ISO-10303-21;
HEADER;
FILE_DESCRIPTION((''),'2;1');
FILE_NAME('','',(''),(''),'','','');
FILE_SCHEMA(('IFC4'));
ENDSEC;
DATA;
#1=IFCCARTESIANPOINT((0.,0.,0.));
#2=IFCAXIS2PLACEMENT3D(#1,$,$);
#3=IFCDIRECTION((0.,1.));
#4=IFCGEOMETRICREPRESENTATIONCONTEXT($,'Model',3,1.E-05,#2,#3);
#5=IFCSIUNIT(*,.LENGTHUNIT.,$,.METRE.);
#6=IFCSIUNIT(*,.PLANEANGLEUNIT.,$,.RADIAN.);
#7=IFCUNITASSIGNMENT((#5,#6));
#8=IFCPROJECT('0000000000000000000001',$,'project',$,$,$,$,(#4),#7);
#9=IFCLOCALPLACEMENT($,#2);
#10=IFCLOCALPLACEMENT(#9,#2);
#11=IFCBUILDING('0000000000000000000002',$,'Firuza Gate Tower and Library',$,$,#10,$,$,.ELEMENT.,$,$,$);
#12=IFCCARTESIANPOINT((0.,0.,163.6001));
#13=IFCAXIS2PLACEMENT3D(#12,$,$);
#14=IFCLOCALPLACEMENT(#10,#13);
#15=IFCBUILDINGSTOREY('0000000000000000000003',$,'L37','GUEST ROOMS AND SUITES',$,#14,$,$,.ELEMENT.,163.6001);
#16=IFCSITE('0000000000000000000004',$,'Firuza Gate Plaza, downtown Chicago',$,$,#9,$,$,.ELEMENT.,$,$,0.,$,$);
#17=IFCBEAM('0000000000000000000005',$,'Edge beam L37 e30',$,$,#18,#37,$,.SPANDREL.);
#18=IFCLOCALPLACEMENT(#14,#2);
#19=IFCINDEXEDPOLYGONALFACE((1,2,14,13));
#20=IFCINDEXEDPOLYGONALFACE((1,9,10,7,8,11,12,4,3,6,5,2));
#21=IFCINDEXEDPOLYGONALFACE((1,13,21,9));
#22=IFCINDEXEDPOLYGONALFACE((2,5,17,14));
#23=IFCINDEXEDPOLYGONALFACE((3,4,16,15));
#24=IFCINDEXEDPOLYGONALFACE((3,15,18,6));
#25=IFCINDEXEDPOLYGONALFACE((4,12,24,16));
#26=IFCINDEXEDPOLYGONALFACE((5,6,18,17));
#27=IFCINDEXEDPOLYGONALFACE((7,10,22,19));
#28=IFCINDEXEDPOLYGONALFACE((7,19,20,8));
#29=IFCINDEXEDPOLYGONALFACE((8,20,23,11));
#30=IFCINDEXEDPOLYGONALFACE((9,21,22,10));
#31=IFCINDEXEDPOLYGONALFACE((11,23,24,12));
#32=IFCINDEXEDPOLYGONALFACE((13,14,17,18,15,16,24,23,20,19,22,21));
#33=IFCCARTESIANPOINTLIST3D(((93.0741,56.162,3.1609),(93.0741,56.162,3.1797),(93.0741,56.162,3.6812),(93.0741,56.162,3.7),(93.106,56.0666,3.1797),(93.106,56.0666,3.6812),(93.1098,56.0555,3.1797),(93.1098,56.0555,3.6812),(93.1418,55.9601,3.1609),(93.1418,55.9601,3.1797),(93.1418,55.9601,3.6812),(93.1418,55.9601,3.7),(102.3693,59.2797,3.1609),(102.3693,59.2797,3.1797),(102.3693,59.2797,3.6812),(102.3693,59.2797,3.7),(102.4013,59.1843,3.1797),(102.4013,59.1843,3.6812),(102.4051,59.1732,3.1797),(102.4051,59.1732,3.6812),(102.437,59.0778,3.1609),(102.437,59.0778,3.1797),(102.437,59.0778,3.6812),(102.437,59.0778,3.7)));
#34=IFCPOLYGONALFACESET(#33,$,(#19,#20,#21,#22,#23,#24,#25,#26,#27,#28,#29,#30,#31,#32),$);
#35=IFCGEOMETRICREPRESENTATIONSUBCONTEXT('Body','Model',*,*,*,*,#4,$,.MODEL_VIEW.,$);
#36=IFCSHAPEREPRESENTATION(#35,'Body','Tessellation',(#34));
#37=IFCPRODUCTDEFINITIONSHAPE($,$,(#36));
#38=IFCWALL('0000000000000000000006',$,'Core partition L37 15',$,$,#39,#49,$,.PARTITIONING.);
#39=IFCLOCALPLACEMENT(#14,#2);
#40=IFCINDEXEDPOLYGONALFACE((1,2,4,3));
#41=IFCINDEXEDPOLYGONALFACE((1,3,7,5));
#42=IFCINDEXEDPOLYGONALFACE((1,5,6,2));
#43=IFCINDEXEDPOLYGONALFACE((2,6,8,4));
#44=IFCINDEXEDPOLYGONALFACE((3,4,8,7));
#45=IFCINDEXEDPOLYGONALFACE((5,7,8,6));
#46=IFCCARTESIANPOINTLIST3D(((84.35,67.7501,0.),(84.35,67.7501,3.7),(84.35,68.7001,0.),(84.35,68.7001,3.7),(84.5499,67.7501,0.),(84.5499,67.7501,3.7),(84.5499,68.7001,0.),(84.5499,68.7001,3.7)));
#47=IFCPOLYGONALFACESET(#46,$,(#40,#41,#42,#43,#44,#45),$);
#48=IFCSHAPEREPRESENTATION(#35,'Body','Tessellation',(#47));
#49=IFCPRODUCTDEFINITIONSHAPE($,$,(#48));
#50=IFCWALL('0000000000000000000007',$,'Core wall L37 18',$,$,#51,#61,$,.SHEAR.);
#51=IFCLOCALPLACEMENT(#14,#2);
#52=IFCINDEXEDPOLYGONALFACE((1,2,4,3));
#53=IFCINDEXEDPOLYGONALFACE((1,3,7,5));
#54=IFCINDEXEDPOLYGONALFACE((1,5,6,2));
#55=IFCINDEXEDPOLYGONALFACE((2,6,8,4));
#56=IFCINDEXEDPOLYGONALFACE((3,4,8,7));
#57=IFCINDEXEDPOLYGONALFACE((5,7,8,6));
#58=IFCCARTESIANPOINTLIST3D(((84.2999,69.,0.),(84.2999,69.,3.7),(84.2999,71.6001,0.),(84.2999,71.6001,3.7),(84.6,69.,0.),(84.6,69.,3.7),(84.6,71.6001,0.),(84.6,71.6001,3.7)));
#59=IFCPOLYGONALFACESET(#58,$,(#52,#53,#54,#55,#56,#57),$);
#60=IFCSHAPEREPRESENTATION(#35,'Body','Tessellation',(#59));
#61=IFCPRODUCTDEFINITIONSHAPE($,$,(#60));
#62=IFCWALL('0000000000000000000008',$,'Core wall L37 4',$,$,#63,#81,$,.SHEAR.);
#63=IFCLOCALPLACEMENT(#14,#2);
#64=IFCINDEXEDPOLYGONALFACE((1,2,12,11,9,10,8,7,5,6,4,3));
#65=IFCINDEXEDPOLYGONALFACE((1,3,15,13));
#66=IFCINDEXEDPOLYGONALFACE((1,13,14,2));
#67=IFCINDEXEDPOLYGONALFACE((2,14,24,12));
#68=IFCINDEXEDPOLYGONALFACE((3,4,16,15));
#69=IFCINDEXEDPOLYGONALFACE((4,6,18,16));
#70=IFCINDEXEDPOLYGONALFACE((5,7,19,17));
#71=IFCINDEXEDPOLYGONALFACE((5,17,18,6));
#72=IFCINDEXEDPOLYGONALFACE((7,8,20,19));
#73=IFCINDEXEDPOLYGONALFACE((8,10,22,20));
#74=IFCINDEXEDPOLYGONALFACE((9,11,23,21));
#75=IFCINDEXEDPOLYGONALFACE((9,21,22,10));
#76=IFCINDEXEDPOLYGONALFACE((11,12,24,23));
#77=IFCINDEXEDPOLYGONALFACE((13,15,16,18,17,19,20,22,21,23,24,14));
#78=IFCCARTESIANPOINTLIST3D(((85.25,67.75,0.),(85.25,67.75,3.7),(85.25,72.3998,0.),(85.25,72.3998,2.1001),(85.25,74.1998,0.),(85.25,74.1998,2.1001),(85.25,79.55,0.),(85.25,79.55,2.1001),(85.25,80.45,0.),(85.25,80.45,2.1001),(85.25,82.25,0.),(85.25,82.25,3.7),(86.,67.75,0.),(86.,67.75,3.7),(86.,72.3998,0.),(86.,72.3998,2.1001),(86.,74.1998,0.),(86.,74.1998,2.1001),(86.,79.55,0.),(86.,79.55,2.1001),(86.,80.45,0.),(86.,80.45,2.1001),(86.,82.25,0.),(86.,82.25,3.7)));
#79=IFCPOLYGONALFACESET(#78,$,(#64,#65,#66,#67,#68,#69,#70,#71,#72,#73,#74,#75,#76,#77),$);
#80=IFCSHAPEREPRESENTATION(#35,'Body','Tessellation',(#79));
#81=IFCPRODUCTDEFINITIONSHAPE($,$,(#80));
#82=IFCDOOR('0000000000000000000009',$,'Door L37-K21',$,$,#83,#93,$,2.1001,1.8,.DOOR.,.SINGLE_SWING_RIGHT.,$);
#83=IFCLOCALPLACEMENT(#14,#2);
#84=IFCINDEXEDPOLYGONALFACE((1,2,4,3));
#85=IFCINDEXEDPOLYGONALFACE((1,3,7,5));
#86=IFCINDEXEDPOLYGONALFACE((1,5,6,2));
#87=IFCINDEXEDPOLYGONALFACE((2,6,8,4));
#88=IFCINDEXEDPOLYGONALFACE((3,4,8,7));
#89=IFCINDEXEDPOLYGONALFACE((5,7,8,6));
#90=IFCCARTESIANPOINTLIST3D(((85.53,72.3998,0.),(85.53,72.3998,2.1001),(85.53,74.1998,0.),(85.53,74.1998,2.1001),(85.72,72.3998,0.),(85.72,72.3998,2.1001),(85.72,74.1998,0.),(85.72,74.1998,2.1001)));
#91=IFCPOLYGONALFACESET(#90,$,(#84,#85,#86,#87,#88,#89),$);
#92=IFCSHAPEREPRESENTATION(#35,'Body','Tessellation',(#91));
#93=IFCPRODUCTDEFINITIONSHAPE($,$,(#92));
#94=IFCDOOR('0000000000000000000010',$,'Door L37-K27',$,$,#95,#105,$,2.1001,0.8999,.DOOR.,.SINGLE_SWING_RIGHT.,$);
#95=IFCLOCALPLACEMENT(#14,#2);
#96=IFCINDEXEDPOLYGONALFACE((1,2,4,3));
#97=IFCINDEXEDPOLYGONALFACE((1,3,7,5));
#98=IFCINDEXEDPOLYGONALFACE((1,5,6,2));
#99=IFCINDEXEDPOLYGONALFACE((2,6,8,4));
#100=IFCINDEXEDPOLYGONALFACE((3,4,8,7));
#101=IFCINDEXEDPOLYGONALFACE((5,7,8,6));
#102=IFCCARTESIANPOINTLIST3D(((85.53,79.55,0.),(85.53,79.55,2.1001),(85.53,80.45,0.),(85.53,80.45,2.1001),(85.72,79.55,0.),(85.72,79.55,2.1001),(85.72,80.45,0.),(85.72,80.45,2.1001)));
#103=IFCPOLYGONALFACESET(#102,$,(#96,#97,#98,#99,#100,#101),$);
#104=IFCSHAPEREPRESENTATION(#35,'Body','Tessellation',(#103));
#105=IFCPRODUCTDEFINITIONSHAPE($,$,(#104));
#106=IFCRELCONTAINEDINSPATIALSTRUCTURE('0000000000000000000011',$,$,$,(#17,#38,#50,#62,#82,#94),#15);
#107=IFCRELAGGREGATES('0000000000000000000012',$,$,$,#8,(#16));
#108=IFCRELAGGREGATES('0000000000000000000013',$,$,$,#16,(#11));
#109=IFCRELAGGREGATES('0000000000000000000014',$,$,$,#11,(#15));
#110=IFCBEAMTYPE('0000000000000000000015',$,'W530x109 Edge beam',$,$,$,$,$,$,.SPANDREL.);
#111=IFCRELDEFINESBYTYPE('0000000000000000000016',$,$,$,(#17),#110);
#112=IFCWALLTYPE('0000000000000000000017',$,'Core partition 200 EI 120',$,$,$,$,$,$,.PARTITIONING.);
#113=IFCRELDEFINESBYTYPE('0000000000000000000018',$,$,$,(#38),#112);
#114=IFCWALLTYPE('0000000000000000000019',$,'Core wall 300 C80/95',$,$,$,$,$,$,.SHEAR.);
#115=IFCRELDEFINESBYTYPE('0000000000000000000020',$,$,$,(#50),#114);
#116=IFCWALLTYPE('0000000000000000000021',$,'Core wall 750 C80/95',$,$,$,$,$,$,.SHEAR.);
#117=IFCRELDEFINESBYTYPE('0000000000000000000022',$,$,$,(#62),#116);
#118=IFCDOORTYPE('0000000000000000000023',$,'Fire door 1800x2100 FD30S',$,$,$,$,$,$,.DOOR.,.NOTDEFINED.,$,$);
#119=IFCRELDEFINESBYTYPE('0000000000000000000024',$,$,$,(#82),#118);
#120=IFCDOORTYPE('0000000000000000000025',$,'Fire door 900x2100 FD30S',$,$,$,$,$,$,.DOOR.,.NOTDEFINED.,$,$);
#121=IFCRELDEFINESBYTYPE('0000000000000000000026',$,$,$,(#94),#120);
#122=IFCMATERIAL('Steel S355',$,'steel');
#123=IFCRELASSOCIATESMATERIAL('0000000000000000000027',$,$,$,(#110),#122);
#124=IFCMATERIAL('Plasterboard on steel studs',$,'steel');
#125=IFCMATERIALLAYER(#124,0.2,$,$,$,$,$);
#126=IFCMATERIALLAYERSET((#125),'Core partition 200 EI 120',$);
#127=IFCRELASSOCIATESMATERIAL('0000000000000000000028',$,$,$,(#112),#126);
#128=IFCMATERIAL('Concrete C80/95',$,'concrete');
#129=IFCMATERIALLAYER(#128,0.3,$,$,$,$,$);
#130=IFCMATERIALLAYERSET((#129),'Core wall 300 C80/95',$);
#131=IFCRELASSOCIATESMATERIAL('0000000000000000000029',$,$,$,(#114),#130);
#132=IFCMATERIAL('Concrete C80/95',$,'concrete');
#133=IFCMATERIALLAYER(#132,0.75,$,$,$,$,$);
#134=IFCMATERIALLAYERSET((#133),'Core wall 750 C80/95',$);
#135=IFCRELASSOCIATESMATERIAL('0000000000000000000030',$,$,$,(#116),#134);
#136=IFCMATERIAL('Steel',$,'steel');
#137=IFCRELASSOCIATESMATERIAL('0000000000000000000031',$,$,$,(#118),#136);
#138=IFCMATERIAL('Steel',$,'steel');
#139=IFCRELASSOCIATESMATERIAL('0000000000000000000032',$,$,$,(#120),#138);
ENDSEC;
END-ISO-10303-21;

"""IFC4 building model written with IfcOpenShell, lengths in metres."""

from ifc_helpers import new_model, si_unit, direction, frame, frame_2d, origin, origin_2d, place, context, subcontext, project, spatial, rectangle, i_section, extrude, material, layer, layer_set, material_profile, profile_set, type_object, element, fill, save


model = new_model("IFC4")

# Units and contexts
model_context = context("Model", 3, precision=1e-05, world=origin(), true_north=direction((0.0, 1.0)))
body_context = subcontext(model_context, "Body", "Model", "MODEL_VIEW")
ifc_project = project(units=[si_unit("LENGTHUNIT", "METRE"), si_unit("PLANEANGLEUNIT", "RADIAN")], contexts=[model_context])

# Site, building, storey
site_placement = place(None, origin())
site = spatial("IfcSite", under=ifc_project, at=site_placement, Name="Firuza Gate Plaza, downtown Chicago", CompositionType="ELEMENT", RefElevation=0.0)
building_placement = place(site_placement, origin())
building = spatial("IfcBuilding", under=site, at=building_placement, Name="Firuza Gate Tower and Library", CompositionType="ELEMENT")
storey_placement = place(building_placement, frame((0.0, 0.0, 163.6001)))
storey = spatial("IfcBuildingStorey", under=building, at=storey_placement, Name="L37", Description="GUEST ROOMS AND SUITES", CompositionType="ELEMENT", Elevation=163.6001)

# Beam
ifc_material_1 = material(Name="Steel S355", Category="steel")
ifc_material_profile = material_profile(ifc_material_1, i_section(OverallWidth=0.2129, OverallDepth=0.5391, WebThickness=0.0117, FlangeThickness=0.0188, at=origin_2d()))
ifc_profile_set = profile_set([ifc_material_profile], Name="Steel S355")
beam_type = type_object("IfcBeamType", Name="W530x109 Edge beam", PredefinedType="SPANDREL", material=ifc_profile_set)
beam_placement = place(storey_placement, frame((93.1079, 56.061, 3.4304), z_axis=(0.948091, 0.317998, 0.0), x_axis=(-0.317998, 0.948091, 0.0)))
element("IfcBeam", 1, at=beam_placement, inside=storey, type_object=beam_type, Name="Edge beam L37 e30", PredefinedType="SPANDREL", context=body_context, shape_type="SweptSolid", body=[
    extrude(i_section(OverallWidth=0.2129, OverallDepth=0.5391, WebThickness=0.0117, FlangeThickness=0.0188, at=origin_2d()), origin(), (0.0, 0.0, 1.0), 9.8042),
])

# Walls
ifc_material_2 = material(Name="Plasterboard on steel studs", Category="steel")
ifc_layer_1 = layer(ifc_material_2, 0.2)
ifc_layer_set_1 = layer_set([ifc_layer_1], Name="Core partition 200 EI 120")
wall_type_1 = type_object("IfcWallType", Name="Core partition 200 EI 120", PredefinedType="PARTITIONING", material=ifc_layer_set_1)
wall_1_placement = place(storey_placement, frame((84.45, 67.75, 0.0), z_axis=(0.0, 0.0, 1.0), x_axis=(0.0, 1.0, 0.0)))
element("IfcWall", 2, at=wall_1_placement, inside=storey, type_object=wall_type_1, Name="Core partition L37 15", PredefinedType="PARTITIONING", context=body_context, shape_type="SweptSolid", body=[
    extrude(rectangle(XDim=0.95, YDim=0.2, at=frame_2d((0.4751, 0.0))), origin(), (0.0, 0.0, 1.0), 3.7),
])
ifc_material_3 = material(Name="Concrete C80/95", Category="concrete")
ifc_layer_2 = layer(ifc_material_3, 0.3)
ifc_layer_set_2 = layer_set([ifc_layer_2], Name="Core wall 300 C80/95")
wall_type_2 = type_object("IfcWallType", Name="Core wall 300 C80/95", PredefinedType="SHEAR", material=ifc_layer_set_2)
wall_2_placement = place(storey_placement, frame((84.45, 69.0, 0.0), z_axis=(0.0, 0.0, 1.0), x_axis=(0.0, 1.0, 0.0)))
element("IfcWall", 3, at=wall_2_placement, inside=storey, type_object=wall_type_2, Name="Core wall L37 18", PredefinedType="SHEAR", context=body_context, shape_type="SweptSolid", body=[
    extrude(rectangle(XDim=2.6001, YDim=0.3, at=frame_2d((1.3, 0.0))), origin(), (0.0, 0.0, 1.0), 3.7),
])

# Wall, openings, doors
ifc_material_4 = material(Name="Concrete C80/95", Category="concrete")
ifc_layer_3 = layer(ifc_material_4, 0.75)
ifc_layer_set_3 = layer_set([ifc_layer_3], Name="Core wall 750 C80/95")
wall_type_3 = type_object("IfcWallType", Name="Core wall 750 C80/95", PredefinedType="SHEAR", material=ifc_layer_set_3)
wall_3_placement = place(storey_placement, frame((85.625, 67.75, 0.0), z_axis=(0.0, 0.0, 1.0), x_axis=(0.0, 1.0, 0.0)))
wall_3 = element("IfcWall", 4, at=wall_3_placement, inside=storey, type_object=wall_type_3, Name="Core wall L37 4", PredefinedType="SHEAR", context=body_context, shape_type="SweptSolid", body=[
    extrude(rectangle(XDim=14.5, YDim=0.75, at=frame_2d((7.25, 0.0))), origin(), (0.0, 0.0, 1.0), 3.7),
])
opening_1_placement = place(wall_3_placement, frame((4.6499, 0.0, 0.0)))
opening_1 = element("IfcOpeningElement", 5, at=opening_1_placement, cuts=wall_3, PredefinedType="OPENING", context=body_context, shape_type="SweptSolid", body=[
    extrude(rectangle(XDim=1.8, YDim=2.1001, at=frame_2d((0.8999, 1.05))), frame((0.0, 0.385, 0.0), z_axis=(0.0, -1.0, 0.0), x_axis=(1.0, 0.0, 0.0)), (0.0, 0.0, 1.0), 0.77),
])
opening_2_placement = place(wall_3_placement, frame((11.8, 0.0, 0.0)))
opening_2 = element("IfcOpeningElement", 6, at=opening_2_placement, cuts=wall_3, PredefinedType="OPENING", context=body_context, shape_type="SweptSolid", body=[
    extrude(rectangle(XDim=0.8999, YDim=2.1001, at=frame_2d((0.45, 1.05))), frame((0.0, 0.385, 0.0), z_axis=(0.0, -1.0, 0.0), x_axis=(1.0, 0.0, 0.0)), (0.0, 0.0, 1.0), 0.77),
])
ifc_material_5 = material(Name="Steel", Category="steel")
door_type_1 = type_object("IfcDoorType", Name="Fire door 1800x2100 FD30S", OperationType="NOTDEFINED", PredefinedType="DOOR", material=ifc_material_5)
door_1_placement = place(opening_1_placement, origin())
door_1 = element("IfcDoor", 7, at=door_1_placement, inside=storey, type_object=door_type_1, Name="Door L37-K21", OperationType="SINGLE_SWING_RIGHT", OverallHeight=2.1001, OverallWidth=1.8, PredefinedType="DOOR", context=body_context, shape_type="SweptSolid", body=[
    extrude(rectangle(XDim=1.8, YDim=2.1001, at=frame_2d((0.8999, 1.05))), frame((0.0, 0.095, 0.0), z_axis=(0.0, -1.0, 0.0), x_axis=(1.0, 0.0, 0.0)), (0.0, 0.0, 1.0), 0.1899),
])
fill(opening_1, door_1)
ifc_material_6 = material(Name="Steel", Category="steel")
door_type_2 = type_object("IfcDoorType", Name="Fire door 900x2100 FD30S", OperationType="NOTDEFINED", PredefinedType="DOOR", material=ifc_material_6)
door_2_placement = place(opening_2_placement, origin())
door_2 = element("IfcDoor", 8, at=door_2_placement, inside=storey, type_object=door_type_2, Name="Door L37-K27", OperationType="SINGLE_SWING_RIGHT", OverallHeight=2.1001, OverallWidth=0.8999, PredefinedType="DOOR", context=body_context, shape_type="SweptSolid", body=[
    extrude(rectangle(XDim=0.8999, YDim=2.1001, at=frame_2d((0.45, 1.05))), frame((0.0, 0.095, 0.0), z_axis=(0.0, -1.0, 0.0), x_axis=(1.0, 0.0, 0.0)), (0.0, 0.0, 1.0), 0.1899),
])
fill(opening_2, door_2)

save(model, "model.ifc")
